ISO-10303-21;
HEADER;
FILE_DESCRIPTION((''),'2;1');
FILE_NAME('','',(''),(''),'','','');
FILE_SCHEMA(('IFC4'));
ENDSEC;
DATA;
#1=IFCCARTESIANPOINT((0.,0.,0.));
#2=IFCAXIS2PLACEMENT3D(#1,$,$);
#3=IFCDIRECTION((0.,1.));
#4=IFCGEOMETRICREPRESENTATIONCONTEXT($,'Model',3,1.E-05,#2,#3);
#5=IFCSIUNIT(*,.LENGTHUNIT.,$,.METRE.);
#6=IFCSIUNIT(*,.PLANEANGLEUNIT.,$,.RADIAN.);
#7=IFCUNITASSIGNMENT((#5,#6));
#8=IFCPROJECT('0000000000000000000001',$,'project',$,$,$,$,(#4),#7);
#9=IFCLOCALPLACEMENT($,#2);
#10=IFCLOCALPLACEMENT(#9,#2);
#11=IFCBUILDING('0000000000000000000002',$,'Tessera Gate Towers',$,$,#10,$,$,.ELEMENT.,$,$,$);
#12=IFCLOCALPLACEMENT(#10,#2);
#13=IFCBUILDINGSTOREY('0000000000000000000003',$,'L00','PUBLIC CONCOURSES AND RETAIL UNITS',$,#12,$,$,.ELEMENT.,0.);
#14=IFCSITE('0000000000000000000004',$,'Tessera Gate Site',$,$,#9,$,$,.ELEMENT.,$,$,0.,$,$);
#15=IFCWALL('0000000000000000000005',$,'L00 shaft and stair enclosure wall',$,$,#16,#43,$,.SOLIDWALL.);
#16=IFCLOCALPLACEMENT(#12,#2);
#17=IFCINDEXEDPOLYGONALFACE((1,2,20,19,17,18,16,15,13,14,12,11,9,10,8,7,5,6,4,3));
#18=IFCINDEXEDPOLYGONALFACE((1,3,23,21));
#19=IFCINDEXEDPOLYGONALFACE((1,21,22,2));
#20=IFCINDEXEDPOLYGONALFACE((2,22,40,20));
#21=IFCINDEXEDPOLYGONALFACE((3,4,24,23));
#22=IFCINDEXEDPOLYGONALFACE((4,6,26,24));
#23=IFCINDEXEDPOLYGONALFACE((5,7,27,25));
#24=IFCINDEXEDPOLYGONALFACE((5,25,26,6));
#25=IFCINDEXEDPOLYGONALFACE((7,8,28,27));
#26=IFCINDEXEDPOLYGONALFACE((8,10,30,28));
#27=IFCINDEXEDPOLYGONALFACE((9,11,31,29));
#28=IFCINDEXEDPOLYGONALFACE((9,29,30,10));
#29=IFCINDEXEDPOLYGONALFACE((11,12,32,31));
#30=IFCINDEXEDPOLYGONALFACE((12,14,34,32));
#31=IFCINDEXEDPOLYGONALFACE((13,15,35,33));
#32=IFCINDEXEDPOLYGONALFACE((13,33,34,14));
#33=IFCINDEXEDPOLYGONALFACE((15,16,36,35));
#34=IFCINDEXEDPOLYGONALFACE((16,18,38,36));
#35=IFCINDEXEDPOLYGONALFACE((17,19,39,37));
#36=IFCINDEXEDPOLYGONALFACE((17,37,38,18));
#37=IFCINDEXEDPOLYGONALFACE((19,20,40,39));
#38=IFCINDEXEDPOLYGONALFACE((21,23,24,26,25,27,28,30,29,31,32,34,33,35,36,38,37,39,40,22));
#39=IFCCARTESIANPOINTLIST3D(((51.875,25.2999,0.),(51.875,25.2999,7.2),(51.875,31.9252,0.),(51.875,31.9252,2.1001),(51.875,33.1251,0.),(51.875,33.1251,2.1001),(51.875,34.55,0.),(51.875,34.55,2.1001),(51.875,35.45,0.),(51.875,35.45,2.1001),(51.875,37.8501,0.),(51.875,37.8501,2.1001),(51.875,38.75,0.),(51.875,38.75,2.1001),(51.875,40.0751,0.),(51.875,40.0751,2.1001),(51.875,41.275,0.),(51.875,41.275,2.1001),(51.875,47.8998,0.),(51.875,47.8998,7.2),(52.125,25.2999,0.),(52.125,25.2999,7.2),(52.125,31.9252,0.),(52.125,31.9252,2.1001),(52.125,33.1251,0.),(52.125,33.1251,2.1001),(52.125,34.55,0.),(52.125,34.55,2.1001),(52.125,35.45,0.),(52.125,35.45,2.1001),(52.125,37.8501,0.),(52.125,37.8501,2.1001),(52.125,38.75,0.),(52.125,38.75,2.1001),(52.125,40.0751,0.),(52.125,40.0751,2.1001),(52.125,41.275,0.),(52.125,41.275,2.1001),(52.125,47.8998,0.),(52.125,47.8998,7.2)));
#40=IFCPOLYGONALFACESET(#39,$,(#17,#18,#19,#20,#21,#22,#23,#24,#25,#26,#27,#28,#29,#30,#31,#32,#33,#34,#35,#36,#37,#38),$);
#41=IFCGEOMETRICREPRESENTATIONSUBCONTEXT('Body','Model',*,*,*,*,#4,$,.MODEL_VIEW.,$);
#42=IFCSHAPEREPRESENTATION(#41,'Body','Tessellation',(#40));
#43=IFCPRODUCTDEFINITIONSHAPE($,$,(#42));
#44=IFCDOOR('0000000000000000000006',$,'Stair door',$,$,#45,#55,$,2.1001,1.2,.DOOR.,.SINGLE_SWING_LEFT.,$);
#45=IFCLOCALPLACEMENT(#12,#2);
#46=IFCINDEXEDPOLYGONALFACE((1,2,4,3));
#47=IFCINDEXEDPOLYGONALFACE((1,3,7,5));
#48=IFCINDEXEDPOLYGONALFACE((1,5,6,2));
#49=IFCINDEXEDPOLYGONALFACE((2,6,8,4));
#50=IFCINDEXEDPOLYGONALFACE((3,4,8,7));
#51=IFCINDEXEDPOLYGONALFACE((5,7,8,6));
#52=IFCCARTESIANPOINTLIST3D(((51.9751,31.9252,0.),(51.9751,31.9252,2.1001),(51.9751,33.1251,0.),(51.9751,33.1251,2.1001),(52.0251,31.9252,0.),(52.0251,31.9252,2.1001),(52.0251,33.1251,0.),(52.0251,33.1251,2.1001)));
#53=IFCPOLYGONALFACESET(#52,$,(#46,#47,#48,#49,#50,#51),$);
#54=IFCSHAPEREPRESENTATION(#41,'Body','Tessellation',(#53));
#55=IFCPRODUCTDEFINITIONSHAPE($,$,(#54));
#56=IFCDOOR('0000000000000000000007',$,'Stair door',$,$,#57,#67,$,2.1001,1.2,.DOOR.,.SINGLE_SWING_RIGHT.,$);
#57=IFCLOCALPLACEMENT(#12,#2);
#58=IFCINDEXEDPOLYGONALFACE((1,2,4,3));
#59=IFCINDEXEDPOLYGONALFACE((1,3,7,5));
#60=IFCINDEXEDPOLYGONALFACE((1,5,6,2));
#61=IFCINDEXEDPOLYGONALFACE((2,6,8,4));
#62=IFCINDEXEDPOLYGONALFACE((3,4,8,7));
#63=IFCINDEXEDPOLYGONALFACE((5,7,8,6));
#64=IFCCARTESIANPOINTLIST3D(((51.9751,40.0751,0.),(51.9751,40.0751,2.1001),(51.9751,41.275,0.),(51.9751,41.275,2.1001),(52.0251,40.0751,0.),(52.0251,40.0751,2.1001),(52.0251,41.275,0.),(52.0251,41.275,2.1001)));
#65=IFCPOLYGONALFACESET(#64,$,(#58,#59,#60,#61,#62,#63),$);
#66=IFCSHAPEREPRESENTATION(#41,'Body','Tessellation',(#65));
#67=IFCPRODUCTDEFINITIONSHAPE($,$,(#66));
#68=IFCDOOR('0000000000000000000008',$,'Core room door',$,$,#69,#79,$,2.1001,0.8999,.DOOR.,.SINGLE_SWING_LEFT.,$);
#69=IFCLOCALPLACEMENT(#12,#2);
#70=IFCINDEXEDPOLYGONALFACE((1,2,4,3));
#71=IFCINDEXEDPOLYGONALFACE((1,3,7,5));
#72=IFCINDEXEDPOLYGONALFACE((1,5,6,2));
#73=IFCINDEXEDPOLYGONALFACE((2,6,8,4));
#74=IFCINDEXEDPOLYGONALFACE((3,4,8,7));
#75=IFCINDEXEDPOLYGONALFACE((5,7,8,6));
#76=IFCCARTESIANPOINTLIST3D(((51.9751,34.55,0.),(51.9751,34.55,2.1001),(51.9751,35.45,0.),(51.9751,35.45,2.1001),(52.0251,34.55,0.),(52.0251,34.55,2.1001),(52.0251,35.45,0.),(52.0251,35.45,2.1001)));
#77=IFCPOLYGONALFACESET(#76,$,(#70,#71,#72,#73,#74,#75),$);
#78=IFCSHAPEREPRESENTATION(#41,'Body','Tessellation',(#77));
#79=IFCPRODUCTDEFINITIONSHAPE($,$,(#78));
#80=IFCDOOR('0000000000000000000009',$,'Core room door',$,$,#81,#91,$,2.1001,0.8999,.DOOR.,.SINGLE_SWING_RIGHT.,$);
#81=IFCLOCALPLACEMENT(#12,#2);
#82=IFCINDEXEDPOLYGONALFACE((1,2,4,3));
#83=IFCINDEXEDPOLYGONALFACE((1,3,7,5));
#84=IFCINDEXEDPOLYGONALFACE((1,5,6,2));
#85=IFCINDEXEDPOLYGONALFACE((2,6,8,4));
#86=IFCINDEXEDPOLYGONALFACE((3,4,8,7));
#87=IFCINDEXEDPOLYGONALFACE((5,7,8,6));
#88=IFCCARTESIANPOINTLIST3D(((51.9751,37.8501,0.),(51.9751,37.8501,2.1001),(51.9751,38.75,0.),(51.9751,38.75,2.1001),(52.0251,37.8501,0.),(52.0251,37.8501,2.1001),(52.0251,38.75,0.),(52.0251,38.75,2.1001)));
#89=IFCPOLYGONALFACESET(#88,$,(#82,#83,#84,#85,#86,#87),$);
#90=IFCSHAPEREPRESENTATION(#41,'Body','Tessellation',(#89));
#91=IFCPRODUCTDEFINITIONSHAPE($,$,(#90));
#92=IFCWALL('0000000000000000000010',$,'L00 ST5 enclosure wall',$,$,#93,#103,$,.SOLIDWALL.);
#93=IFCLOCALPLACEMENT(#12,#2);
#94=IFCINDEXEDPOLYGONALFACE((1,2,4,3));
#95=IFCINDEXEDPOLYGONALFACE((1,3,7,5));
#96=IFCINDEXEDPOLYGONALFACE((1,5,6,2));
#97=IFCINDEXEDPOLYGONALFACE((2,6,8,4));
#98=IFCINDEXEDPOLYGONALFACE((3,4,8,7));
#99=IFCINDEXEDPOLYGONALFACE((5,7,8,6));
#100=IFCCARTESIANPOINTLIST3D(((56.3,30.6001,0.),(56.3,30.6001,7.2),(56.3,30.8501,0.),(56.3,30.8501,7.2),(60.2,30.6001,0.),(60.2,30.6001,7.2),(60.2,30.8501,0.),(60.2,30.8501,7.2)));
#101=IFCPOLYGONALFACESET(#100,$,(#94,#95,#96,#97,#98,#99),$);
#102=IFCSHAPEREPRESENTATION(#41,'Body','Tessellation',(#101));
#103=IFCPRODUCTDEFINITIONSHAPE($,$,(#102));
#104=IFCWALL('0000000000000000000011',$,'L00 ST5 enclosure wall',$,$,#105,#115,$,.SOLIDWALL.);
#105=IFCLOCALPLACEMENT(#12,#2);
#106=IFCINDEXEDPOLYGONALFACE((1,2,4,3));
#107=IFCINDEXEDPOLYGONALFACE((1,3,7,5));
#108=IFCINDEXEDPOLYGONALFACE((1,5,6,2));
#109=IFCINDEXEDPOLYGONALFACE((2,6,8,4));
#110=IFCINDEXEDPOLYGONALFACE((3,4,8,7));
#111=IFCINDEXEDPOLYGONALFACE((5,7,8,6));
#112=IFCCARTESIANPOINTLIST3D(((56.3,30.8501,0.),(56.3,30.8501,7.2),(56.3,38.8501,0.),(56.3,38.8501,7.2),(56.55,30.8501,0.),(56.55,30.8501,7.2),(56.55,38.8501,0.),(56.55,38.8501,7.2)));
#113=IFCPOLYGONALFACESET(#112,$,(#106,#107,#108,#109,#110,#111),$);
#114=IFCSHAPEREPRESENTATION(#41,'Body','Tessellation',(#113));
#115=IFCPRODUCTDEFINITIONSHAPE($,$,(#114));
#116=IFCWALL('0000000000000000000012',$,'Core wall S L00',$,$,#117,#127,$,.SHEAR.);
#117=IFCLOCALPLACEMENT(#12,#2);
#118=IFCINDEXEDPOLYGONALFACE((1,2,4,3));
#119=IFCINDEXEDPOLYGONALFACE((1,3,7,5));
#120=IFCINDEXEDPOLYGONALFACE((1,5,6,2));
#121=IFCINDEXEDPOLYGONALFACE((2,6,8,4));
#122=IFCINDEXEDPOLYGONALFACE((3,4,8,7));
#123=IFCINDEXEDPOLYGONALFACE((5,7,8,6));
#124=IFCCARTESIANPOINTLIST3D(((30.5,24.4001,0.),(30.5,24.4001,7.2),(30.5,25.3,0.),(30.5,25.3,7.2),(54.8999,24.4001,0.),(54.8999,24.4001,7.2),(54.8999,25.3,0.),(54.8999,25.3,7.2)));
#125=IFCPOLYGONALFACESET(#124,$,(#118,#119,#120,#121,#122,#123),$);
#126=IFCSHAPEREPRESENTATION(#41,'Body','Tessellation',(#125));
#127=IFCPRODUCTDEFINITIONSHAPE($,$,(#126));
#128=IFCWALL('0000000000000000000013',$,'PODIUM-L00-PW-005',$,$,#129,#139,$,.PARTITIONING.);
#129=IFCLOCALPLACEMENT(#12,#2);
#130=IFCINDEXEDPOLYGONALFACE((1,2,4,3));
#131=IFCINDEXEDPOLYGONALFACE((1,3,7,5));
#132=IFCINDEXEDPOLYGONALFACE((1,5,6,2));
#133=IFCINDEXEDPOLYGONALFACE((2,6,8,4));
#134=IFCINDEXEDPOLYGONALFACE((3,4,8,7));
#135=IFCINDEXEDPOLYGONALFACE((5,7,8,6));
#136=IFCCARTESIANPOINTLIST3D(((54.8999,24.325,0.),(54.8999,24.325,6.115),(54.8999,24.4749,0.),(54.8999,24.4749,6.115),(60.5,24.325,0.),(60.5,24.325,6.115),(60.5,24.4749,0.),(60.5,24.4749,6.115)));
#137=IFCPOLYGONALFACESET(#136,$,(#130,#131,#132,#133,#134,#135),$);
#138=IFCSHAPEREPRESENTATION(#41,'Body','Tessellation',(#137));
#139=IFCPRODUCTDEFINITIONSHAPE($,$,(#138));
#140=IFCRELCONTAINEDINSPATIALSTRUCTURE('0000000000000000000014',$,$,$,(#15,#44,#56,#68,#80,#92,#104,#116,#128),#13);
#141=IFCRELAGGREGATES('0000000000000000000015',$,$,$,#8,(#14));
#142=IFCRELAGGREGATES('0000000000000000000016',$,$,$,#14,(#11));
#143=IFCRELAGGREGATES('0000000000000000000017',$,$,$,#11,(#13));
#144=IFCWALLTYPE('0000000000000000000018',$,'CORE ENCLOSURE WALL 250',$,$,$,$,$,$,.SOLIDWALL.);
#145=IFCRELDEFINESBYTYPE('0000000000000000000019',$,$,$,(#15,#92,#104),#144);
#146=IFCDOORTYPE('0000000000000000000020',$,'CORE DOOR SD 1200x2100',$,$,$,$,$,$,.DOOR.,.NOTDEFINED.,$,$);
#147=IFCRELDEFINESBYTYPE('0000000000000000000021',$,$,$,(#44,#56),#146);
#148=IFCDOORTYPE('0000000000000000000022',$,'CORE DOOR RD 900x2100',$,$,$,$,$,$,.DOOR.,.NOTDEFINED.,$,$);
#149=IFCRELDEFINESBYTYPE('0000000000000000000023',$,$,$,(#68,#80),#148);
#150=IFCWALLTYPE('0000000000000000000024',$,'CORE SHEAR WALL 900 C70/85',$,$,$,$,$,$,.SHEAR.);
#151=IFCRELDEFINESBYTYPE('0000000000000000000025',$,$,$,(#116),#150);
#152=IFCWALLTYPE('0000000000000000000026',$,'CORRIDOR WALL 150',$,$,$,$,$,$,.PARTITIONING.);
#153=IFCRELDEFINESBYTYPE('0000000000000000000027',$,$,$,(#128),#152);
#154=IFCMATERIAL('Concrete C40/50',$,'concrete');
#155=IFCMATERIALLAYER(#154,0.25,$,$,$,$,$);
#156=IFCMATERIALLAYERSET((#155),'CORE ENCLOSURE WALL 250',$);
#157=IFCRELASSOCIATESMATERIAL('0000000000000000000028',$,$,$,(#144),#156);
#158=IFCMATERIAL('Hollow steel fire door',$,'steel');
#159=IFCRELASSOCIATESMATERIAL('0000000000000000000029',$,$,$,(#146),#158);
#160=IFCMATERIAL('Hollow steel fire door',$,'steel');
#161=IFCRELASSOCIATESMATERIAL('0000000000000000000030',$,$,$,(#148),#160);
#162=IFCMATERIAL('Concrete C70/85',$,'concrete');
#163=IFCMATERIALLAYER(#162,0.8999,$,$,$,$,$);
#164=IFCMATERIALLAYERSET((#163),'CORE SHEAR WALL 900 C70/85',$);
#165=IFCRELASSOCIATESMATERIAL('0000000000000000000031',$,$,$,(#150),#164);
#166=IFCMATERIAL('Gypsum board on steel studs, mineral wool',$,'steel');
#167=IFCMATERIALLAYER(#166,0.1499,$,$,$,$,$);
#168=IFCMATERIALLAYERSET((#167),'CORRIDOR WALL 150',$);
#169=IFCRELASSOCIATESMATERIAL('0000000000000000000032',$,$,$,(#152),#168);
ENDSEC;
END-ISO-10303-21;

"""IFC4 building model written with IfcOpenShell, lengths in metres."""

from ifc_helpers import new_model, si_unit, direction, frame, frame_2d, origin, place, context, subcontext, project, spatial, rectangle, extrude, source, transform, mapped, material, layer, layer_set, type_object, element, fill, save


model = new_model("IFC4")

# Units and contexts
model_context = context("Model", 3, precision=1e-05, world=origin(), true_north=direction((0.0, 1.0)))
body_context = subcontext(model_context, "Body", "Model", "MODEL_VIEW")
ifc_project = project(units=[si_unit("LENGTHUNIT", "METRE"), si_unit("PLANEANGLEUNIT", "RADIAN")], contexts=[model_context])

# Site, building, storey
site_placement = place(None, origin())
site = spatial("IfcSite", under=ifc_project, at=site_placement, Name="Tessera Gate Site", CompositionType="ELEMENT", RefElevation=0.0)
building_placement = place(site_placement, origin())
building = spatial("IfcBuilding", under=site, at=building_placement, Name="Tessera Gate Towers", CompositionType="ELEMENT")
storey_placement = place(building_placement, origin())
storey = spatial("IfcBuildingStorey", under=building, at=storey_placement, Name="L00", Description="PUBLIC CONCOURSES AND RETAIL UNITS", CompositionType="ELEMENT", Elevation=0.0)

# Wall, openings, doors
ifc_material_1 = material(Name="Concrete C40/50", Category="concrete")
ifc_layer_1 = layer(ifc_material_1, 0.25)
ifc_layer_set_1 = layer_set([ifc_layer_1], Name="CORE ENCLOSURE WALL 250")
wall_type_1 = type_object("IfcWallType", Name="CORE ENCLOSURE WALL 250", PredefinedType="SOLIDWALL", material=ifc_layer_set_1)
wall_1_placement = place(storey_placement, frame((52.0, 25.3, 0.0), z_axis=(0.0, 0.0, 1.0), x_axis=(0.0, 1.0, 0.0)))
wall_1 = element("IfcWall", 1, at=wall_1_placement, inside=storey, type_object=wall_type_1, Name="L00 shaft and stair enclosure wall", PredefinedType="SOLIDWALL", context=body_context, shape_type="SweptSolid", body=[
    extrude(rectangle(XDim=22.5999, YDim=0.25, at=frame_2d((11.2998, 0.0))), origin(), (0.0, 0.0, 1.0), 7.2),
])
shared_shape_1 = source(origin(), body_context, "Body", "SweptSolid", [
    extrude(rectangle(XDim=1.2, YDim=2.1001, at=frame_2d((0.6001, 1.05))), frame((0.0, 0.135, 0.0), z_axis=(0.0, -1.0, 0.0), x_axis=(1.0, 0.0, 0.0)), (0.0, 0.0, 1.0), 0.27),
])
opening_1_placement = place(wall_1_placement, frame((6.625, 0.0, 0.0)))
opening_1 = element("IfcOpeningElement", 2, at=opening_1_placement, cuts=wall_1, PredefinedType="OPENING", context=body_context, shape_type="MappedRepresentation", body=[
    mapped(shared_shape_1, transform((0.0, 0.0, 0.0), scale=1.0)),
])
shared_shape_2 = source(origin(), body_context, "Body", "SweptSolid", [
    extrude(rectangle(XDim=0.8999, YDim=2.1001, at=frame_2d((0.45, 1.05))), frame((0.0, 0.135, 0.0), z_axis=(0.0, -1.0, 0.0), x_axis=(1.0, 0.0, 0.0)), (0.0, 0.0, 1.0), 0.27),
])
opening_2_placement = place(wall_1_placement, frame((9.25, 0.0, 0.0)))
opening_2 = element("IfcOpeningElement", 3, at=opening_2_placement, cuts=wall_1, PredefinedType="OPENING", context=body_context, shape_type="MappedRepresentation", body=[
    mapped(shared_shape_2, transform((0.0, 0.0, 0.0), scale=1.0)),
])
opening_3_placement = place(wall_1_placement, frame((12.55, 0.0, 0.0)))
opening_3 = element("IfcOpeningElement", 4, at=opening_3_placement, cuts=wall_1, PredefinedType="OPENING", context=body_context, shape_type="MappedRepresentation", body=[
    mapped(shared_shape_2, transform((0.0, 0.0, 0.0), scale=1.0)),
])
opening_4_placement = place(wall_1_placement, frame((14.7749, 0.0, 0.0)))
opening_4 = element("IfcOpeningElement", 5, at=opening_4_placement, cuts=wall_1, PredefinedType="OPENING", context=body_context, shape_type="MappedRepresentation", body=[
    mapped(shared_shape_1, transform((0.0, 0.0, 0.0), scale=1.0)),
])
ifc_material_2 = material(Name="Hollow steel fire door", Category="steel")
door_type_1 = type_object("IfcDoorType", Name="CORE DOOR SD 1200x2100", OperationType="NOTDEFINED", PredefinedType="DOOR", material=ifc_material_2)
shared_shape_3 = source(origin(), body_context, "Body", "SweptSolid", [
    extrude(rectangle(XDim=1.2, YDim=2.1001, at=frame_2d((0.6001, 1.05))), frame((0.0, 0.0249, 0.0), z_axis=(0.0, -1.0, 0.0), x_axis=(1.0, 0.0, 0.0)), (0.0, 0.0, 1.0), 0.05),
])
door_1_placement = place(opening_1_placement, origin())
door_1 = element("IfcDoor", 6, at=door_1_placement, inside=storey, type_object=door_type_1, Name="Stair door", OperationType="SINGLE_SWING_LEFT", OverallHeight=2.1001, OverallWidth=1.2, PredefinedType="DOOR", context=body_context, shape_type="MappedRepresentation", body=[
    mapped(shared_shape_3, transform((0.0, 0.0, 0.0), scale=1.0)),
])
fill(opening_1, door_1)
door_2_placement = place(opening_4_placement, origin())
door_2 = element("IfcDoor", 7, at=door_2_placement, inside=storey, type_object=door_type_1, Name="Stair door", OperationType="SINGLE_SWING_RIGHT", OverallHeight=2.1001, OverallWidth=1.2, PredefinedType="DOOR", context=body_context, shape_type="MappedRepresentation", body=[
    mapped(shared_shape_3, transform((0.0, 0.0, 0.0), scale=1.0)),
])
fill(opening_4, door_2)
ifc_material_3 = material(Name="Hollow steel fire door", Category="steel")
door_type_2 = type_object("IfcDoorType", Name="CORE DOOR RD 900x2100", OperationType="NOTDEFINED", PredefinedType="DOOR", material=ifc_material_3)
shared_shape_4 = source(origin(), body_context, "Body", "SweptSolid", [
    extrude(rectangle(XDim=0.8999, YDim=2.1001, at=frame_2d((0.45, 1.05))), frame((0.0, 0.0249, 0.0), z_axis=(0.0, -1.0, 0.0), x_axis=(1.0, 0.0, 0.0)), (0.0, 0.0, 1.0), 0.05),
])
door_3_placement = place(opening_2_placement, origin())
door_3 = element("IfcDoor", 8, at=door_3_placement, inside=storey, type_object=door_type_2, Name="Core room door", OperationType="SINGLE_SWING_LEFT", OverallHeight=2.1001, OverallWidth=0.8999, PredefinedType="DOOR", context=body_context, shape_type="MappedRepresentation", body=[
    mapped(shared_shape_4, transform((0.0, 0.0, 0.0), scale=1.0)),
])
fill(opening_2, door_3)
door_4_placement = place(opening_3_placement, origin())
door_4 = element("IfcDoor", 9, at=door_4_placement, inside=storey, type_object=door_type_2, Name="Core room door", OperationType="SINGLE_SWING_RIGHT", OverallHeight=2.1001, OverallWidth=0.8999, PredefinedType="DOOR", context=body_context, shape_type="MappedRepresentation", body=[
    mapped(shared_shape_4, transform((0.0, 0.0, 0.0), scale=1.0)),
])
fill(opening_3, door_4)

# Walls
wall_2_placement = place(storey_placement, frame((60.2, 30.7251, 0.0), z_axis=(0.0, 0.0, 1.0), x_axis=(-1.0, 0.0, 0.0)))
element("IfcWall", 10, at=wall_2_placement, inside=storey, type_object=wall_type_1, Name="L00 ST5 enclosure wall", PredefinedType="SOLIDWALL", context=body_context, shape_type="SweptSolid", body=[
    extrude(rectangle(XDim=3.8999, YDim=0.25, at=frame_2d((1.95, 0.0))), origin(), (0.0, 0.0, 1.0), 7.2),
])
wall_3_placement = place(storey_placement, frame((56.425, 30.8501, 0.0), z_axis=(0.0, 0.0, 1.0), x_axis=(0.0, 1.0, 0.0)))
element("IfcWall", 11, at=wall_3_placement, inside=storey, type_object=wall_type_1, Name="L00 ST5 enclosure wall", PredefinedType="SOLIDWALL", context=body_context, shape_type="SweptSolid", body=[
    extrude(rectangle(XDim=8.0, YDim=0.25, at=frame_2d((4.0, 0.0))), origin(), (0.0, 0.0, 1.0), 7.2),
])
ifc_material_4 = material(Name="Concrete C70/85", Category="concrete")
ifc_layer_2 = layer(ifc_material_4, 0.8999)
ifc_layer_set_2 = layer_set([ifc_layer_2], Name="CORE SHEAR WALL 900 C70/85")
wall_type_2 = type_object("IfcWallType", Name="CORE SHEAR WALL 900 C70/85", PredefinedType="SHEAR", material=ifc_layer_set_2)
wall_4_placement = place(storey_placement, frame((54.8999, 24.8501, 0.0), z_axis=(0.0, 0.0, 1.0), x_axis=(-1.0, 0.0, 0.0)))
element("IfcWall", 12, at=wall_4_placement, inside=storey, type_object=wall_type_2, Name="Core wall S L00", PredefinedType="SHEAR", context=body_context, shape_type="SweptSolid", body=[
    extrude(rectangle(XDim=24.3999, YDim=0.8999, at=frame_2d((12.2, 0.0))), origin(), (0.0, 0.0, 1.0), 7.2),
])
ifc_material_5 = material(Name="Gypsum board on steel studs, mineral wool", Category="steel")
ifc_layer_3 = layer(ifc_material_5, 0.1499)
ifc_layer_set_3 = layer_set([ifc_layer_3], Name="CORRIDOR WALL 150")
wall_type_3 = type_object("IfcWallType", Name="CORRIDOR WALL 150", PredefinedType="PARTITIONING", material=ifc_layer_set_3)
wall_5_placement = place(storey_placement, frame((54.8999, 24.3999, 0.0), z_axis=(0.0, 0.0, 1.0), x_axis=(1.0, 0.0, 0.0)))
element("IfcWall", 13, at=wall_5_placement, inside=storey, type_object=wall_type_3, Name="PODIUM-L00-PW-005", PredefinedType="PARTITIONING", context=body_context, shape_type="SweptSolid", body=[
    extrude(rectangle(XDim=5.6001, YDim=0.1499, at=frame_2d((2.8, 0.0))), origin(), (0.0, 0.0, 1.0), 6.115),
])

save(model, "model.ifc")
